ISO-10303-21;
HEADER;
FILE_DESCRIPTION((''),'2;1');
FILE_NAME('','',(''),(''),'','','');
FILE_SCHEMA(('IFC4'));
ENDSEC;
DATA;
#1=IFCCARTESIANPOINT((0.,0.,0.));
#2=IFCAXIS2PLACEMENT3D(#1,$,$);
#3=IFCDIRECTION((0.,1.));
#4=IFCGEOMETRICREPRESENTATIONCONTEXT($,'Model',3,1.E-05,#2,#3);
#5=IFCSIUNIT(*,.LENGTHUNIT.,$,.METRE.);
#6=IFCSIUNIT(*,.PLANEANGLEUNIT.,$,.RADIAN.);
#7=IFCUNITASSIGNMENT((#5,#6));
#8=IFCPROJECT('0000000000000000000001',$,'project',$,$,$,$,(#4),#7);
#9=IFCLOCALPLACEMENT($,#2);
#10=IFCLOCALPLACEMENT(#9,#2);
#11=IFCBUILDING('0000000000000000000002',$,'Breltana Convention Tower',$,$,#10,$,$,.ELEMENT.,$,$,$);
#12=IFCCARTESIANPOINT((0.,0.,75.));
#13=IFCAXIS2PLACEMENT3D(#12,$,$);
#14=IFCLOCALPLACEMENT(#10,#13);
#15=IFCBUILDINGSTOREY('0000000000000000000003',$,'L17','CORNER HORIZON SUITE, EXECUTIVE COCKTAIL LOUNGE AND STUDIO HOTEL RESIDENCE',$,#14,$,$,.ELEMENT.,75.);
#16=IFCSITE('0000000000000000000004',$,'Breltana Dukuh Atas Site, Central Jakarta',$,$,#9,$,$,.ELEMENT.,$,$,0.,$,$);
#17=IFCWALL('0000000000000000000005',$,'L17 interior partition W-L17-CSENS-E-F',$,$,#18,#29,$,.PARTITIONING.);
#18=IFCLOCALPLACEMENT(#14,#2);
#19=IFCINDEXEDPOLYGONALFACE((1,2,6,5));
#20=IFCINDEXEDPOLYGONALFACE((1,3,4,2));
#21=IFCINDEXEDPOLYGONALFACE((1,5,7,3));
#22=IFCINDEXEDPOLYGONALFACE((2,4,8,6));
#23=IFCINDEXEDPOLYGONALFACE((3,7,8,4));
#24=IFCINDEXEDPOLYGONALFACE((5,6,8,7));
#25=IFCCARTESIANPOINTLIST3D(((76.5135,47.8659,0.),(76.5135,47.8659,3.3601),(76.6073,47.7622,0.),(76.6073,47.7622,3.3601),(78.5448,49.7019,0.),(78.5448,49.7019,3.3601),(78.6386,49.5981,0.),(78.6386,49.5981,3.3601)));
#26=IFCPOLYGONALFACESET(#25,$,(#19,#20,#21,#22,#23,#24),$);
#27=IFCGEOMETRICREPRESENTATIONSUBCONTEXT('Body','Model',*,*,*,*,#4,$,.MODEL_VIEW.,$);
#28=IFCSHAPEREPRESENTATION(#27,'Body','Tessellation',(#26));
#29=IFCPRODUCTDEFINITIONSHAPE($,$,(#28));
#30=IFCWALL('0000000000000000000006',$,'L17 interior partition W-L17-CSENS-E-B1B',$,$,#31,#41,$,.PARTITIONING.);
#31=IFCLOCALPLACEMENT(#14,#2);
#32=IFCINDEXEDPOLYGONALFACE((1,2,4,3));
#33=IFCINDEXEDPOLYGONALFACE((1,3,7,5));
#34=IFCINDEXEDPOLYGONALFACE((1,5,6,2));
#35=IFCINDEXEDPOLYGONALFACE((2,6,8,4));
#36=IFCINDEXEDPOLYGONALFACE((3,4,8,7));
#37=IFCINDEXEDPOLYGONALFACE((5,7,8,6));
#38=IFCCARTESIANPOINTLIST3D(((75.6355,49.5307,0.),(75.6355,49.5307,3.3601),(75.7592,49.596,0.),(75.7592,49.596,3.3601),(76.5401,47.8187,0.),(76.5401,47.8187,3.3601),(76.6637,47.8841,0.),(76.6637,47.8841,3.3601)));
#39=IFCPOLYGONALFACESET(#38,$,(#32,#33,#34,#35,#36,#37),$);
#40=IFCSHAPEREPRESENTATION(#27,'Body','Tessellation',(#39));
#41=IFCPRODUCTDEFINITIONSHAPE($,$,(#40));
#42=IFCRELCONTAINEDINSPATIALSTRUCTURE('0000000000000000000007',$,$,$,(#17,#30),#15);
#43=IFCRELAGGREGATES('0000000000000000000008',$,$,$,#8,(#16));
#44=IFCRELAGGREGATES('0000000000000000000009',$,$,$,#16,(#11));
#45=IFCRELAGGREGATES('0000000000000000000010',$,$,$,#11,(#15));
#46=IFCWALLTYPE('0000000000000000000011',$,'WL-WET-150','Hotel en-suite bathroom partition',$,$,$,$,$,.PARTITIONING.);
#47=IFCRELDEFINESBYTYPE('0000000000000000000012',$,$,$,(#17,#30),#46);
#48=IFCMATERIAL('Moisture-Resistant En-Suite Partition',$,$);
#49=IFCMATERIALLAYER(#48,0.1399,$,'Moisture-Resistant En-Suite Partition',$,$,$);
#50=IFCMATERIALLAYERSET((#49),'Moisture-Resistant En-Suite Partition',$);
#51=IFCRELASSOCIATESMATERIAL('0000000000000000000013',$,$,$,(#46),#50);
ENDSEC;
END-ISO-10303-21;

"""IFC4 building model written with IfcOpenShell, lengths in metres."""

from ifc_helpers import new_model, si_unit, direction, frame, frame_2d, origin, place, context, subcontext, project, spatial, rectangle, extrude, source, transform, mapped, material, layer, layer_set, type_object, element, save


model = new_model("IFC4")

# Units and contexts
model_context = context("Model", 3, precision=1e-05, world=origin(), true_north=direction((0.0, 1.0)))
body_context = subcontext(model_context, "Body", "Model", "MODEL_VIEW")
ifc_project = project(units=[si_unit("LENGTHUNIT", "METRE"), si_unit("PLANEANGLEUNIT", "RADIAN")], contexts=[model_context])

# Site, building, storey
site_placement = place(None, origin())
site = spatial("IfcSite", under=ifc_project, at=site_placement, Name="Breltana Dukuh Atas Site, Central Jakarta", CompositionType="ELEMENT", RefElevation=0.0)
building_placement = place(site_placement, origin())
building = spatial("IfcBuilding", under=site, at=building_placement, Name="Breltana Convention Tower", CompositionType="ELEMENT")
storey_placement = place(building_placement, frame((0.0, 0.0, 75.0)))
storey = spatial("IfcBuildingStorey", under=building, at=storey_placement, Name="L17", Description="CORNER HORIZON SUITE, EXECUTIVE COCKTAIL LOUNGE AND STUDIO HOTEL RESIDENCE", CompositionType="ELEMENT", Elevation=75.0)

# Walls
ifc_material_1 = material(Name="Moisture-Resistant En-Suite Partition")
ifc_layer_1 = layer(ifc_material_1, 0.1399, Name="Moisture-Resistant En-Suite Partition")
ifc_layer_set_1 = layer_set([ifc_layer_1], Name="Moisture-Resistant En-Suite Partition")
wall_type_1 = type_object("IfcWallType", Name="WL-WET-150", Description="Hotel en-suite bathroom partition", PredefinedType="PARTITIONING", material=ifc_layer_set_1)
shared_shape_1 = source(origin(), body_context, "Body", "SweptSolid", [
    extrude(rectangle(XDim=2.738, YDim=0.1399, at=frame_2d((1.3691, 0.0))), origin(), (0.0, 0.0, 1.0), 3.3601),
])
wall_1_placement = place(storey_placement, frame((76.5603, 47.814, 0.0), z_axis=(0.0, 0.0, 1.0), x_axis=(0.741874, 0.67054, 0.0)))
element("IfcWall", 1, at=wall_1_placement, inside=storey, type_object=wall_type_1, Name="L17 interior partition W-L17-CSENS-E-F", PredefinedType="PARTITIONING", context=body_context, shape_type="MappedRepresentation", body=[
    mapped(shared_shape_1, transform((0.0, 0.0, 0.0), scale=1.0)),
])
shared_shape_2 = source(origin(), body_context, "Body", "SweptSolid", [
    extrude(rectangle(XDim=1.9363, YDim=0.1399, at=frame_2d((0.9683, 0.0))), origin(), (0.0, 0.0, 1.0), 3.3601),
])
wall_2_placement = place(storey_placement, frame((75.6973, 49.5635, 0.0), z_axis=(0.0, 0.0, 1.0), x_axis=(0.467175, -0.884165, 0.0)))
element("IfcWall", 2, at=wall_2_placement, inside=storey, type_object=wall_type_1, Name="L17 interior partition W-L17-CSENS-E-B1B", PredefinedType="PARTITIONING", context=body_context, shape_type="MappedRepresentation", body=[
    mapped(shared_shape_2, transform((0.0, 0.0, 0.0), scale=1.0)),
])

save(model, "model.ifc")
